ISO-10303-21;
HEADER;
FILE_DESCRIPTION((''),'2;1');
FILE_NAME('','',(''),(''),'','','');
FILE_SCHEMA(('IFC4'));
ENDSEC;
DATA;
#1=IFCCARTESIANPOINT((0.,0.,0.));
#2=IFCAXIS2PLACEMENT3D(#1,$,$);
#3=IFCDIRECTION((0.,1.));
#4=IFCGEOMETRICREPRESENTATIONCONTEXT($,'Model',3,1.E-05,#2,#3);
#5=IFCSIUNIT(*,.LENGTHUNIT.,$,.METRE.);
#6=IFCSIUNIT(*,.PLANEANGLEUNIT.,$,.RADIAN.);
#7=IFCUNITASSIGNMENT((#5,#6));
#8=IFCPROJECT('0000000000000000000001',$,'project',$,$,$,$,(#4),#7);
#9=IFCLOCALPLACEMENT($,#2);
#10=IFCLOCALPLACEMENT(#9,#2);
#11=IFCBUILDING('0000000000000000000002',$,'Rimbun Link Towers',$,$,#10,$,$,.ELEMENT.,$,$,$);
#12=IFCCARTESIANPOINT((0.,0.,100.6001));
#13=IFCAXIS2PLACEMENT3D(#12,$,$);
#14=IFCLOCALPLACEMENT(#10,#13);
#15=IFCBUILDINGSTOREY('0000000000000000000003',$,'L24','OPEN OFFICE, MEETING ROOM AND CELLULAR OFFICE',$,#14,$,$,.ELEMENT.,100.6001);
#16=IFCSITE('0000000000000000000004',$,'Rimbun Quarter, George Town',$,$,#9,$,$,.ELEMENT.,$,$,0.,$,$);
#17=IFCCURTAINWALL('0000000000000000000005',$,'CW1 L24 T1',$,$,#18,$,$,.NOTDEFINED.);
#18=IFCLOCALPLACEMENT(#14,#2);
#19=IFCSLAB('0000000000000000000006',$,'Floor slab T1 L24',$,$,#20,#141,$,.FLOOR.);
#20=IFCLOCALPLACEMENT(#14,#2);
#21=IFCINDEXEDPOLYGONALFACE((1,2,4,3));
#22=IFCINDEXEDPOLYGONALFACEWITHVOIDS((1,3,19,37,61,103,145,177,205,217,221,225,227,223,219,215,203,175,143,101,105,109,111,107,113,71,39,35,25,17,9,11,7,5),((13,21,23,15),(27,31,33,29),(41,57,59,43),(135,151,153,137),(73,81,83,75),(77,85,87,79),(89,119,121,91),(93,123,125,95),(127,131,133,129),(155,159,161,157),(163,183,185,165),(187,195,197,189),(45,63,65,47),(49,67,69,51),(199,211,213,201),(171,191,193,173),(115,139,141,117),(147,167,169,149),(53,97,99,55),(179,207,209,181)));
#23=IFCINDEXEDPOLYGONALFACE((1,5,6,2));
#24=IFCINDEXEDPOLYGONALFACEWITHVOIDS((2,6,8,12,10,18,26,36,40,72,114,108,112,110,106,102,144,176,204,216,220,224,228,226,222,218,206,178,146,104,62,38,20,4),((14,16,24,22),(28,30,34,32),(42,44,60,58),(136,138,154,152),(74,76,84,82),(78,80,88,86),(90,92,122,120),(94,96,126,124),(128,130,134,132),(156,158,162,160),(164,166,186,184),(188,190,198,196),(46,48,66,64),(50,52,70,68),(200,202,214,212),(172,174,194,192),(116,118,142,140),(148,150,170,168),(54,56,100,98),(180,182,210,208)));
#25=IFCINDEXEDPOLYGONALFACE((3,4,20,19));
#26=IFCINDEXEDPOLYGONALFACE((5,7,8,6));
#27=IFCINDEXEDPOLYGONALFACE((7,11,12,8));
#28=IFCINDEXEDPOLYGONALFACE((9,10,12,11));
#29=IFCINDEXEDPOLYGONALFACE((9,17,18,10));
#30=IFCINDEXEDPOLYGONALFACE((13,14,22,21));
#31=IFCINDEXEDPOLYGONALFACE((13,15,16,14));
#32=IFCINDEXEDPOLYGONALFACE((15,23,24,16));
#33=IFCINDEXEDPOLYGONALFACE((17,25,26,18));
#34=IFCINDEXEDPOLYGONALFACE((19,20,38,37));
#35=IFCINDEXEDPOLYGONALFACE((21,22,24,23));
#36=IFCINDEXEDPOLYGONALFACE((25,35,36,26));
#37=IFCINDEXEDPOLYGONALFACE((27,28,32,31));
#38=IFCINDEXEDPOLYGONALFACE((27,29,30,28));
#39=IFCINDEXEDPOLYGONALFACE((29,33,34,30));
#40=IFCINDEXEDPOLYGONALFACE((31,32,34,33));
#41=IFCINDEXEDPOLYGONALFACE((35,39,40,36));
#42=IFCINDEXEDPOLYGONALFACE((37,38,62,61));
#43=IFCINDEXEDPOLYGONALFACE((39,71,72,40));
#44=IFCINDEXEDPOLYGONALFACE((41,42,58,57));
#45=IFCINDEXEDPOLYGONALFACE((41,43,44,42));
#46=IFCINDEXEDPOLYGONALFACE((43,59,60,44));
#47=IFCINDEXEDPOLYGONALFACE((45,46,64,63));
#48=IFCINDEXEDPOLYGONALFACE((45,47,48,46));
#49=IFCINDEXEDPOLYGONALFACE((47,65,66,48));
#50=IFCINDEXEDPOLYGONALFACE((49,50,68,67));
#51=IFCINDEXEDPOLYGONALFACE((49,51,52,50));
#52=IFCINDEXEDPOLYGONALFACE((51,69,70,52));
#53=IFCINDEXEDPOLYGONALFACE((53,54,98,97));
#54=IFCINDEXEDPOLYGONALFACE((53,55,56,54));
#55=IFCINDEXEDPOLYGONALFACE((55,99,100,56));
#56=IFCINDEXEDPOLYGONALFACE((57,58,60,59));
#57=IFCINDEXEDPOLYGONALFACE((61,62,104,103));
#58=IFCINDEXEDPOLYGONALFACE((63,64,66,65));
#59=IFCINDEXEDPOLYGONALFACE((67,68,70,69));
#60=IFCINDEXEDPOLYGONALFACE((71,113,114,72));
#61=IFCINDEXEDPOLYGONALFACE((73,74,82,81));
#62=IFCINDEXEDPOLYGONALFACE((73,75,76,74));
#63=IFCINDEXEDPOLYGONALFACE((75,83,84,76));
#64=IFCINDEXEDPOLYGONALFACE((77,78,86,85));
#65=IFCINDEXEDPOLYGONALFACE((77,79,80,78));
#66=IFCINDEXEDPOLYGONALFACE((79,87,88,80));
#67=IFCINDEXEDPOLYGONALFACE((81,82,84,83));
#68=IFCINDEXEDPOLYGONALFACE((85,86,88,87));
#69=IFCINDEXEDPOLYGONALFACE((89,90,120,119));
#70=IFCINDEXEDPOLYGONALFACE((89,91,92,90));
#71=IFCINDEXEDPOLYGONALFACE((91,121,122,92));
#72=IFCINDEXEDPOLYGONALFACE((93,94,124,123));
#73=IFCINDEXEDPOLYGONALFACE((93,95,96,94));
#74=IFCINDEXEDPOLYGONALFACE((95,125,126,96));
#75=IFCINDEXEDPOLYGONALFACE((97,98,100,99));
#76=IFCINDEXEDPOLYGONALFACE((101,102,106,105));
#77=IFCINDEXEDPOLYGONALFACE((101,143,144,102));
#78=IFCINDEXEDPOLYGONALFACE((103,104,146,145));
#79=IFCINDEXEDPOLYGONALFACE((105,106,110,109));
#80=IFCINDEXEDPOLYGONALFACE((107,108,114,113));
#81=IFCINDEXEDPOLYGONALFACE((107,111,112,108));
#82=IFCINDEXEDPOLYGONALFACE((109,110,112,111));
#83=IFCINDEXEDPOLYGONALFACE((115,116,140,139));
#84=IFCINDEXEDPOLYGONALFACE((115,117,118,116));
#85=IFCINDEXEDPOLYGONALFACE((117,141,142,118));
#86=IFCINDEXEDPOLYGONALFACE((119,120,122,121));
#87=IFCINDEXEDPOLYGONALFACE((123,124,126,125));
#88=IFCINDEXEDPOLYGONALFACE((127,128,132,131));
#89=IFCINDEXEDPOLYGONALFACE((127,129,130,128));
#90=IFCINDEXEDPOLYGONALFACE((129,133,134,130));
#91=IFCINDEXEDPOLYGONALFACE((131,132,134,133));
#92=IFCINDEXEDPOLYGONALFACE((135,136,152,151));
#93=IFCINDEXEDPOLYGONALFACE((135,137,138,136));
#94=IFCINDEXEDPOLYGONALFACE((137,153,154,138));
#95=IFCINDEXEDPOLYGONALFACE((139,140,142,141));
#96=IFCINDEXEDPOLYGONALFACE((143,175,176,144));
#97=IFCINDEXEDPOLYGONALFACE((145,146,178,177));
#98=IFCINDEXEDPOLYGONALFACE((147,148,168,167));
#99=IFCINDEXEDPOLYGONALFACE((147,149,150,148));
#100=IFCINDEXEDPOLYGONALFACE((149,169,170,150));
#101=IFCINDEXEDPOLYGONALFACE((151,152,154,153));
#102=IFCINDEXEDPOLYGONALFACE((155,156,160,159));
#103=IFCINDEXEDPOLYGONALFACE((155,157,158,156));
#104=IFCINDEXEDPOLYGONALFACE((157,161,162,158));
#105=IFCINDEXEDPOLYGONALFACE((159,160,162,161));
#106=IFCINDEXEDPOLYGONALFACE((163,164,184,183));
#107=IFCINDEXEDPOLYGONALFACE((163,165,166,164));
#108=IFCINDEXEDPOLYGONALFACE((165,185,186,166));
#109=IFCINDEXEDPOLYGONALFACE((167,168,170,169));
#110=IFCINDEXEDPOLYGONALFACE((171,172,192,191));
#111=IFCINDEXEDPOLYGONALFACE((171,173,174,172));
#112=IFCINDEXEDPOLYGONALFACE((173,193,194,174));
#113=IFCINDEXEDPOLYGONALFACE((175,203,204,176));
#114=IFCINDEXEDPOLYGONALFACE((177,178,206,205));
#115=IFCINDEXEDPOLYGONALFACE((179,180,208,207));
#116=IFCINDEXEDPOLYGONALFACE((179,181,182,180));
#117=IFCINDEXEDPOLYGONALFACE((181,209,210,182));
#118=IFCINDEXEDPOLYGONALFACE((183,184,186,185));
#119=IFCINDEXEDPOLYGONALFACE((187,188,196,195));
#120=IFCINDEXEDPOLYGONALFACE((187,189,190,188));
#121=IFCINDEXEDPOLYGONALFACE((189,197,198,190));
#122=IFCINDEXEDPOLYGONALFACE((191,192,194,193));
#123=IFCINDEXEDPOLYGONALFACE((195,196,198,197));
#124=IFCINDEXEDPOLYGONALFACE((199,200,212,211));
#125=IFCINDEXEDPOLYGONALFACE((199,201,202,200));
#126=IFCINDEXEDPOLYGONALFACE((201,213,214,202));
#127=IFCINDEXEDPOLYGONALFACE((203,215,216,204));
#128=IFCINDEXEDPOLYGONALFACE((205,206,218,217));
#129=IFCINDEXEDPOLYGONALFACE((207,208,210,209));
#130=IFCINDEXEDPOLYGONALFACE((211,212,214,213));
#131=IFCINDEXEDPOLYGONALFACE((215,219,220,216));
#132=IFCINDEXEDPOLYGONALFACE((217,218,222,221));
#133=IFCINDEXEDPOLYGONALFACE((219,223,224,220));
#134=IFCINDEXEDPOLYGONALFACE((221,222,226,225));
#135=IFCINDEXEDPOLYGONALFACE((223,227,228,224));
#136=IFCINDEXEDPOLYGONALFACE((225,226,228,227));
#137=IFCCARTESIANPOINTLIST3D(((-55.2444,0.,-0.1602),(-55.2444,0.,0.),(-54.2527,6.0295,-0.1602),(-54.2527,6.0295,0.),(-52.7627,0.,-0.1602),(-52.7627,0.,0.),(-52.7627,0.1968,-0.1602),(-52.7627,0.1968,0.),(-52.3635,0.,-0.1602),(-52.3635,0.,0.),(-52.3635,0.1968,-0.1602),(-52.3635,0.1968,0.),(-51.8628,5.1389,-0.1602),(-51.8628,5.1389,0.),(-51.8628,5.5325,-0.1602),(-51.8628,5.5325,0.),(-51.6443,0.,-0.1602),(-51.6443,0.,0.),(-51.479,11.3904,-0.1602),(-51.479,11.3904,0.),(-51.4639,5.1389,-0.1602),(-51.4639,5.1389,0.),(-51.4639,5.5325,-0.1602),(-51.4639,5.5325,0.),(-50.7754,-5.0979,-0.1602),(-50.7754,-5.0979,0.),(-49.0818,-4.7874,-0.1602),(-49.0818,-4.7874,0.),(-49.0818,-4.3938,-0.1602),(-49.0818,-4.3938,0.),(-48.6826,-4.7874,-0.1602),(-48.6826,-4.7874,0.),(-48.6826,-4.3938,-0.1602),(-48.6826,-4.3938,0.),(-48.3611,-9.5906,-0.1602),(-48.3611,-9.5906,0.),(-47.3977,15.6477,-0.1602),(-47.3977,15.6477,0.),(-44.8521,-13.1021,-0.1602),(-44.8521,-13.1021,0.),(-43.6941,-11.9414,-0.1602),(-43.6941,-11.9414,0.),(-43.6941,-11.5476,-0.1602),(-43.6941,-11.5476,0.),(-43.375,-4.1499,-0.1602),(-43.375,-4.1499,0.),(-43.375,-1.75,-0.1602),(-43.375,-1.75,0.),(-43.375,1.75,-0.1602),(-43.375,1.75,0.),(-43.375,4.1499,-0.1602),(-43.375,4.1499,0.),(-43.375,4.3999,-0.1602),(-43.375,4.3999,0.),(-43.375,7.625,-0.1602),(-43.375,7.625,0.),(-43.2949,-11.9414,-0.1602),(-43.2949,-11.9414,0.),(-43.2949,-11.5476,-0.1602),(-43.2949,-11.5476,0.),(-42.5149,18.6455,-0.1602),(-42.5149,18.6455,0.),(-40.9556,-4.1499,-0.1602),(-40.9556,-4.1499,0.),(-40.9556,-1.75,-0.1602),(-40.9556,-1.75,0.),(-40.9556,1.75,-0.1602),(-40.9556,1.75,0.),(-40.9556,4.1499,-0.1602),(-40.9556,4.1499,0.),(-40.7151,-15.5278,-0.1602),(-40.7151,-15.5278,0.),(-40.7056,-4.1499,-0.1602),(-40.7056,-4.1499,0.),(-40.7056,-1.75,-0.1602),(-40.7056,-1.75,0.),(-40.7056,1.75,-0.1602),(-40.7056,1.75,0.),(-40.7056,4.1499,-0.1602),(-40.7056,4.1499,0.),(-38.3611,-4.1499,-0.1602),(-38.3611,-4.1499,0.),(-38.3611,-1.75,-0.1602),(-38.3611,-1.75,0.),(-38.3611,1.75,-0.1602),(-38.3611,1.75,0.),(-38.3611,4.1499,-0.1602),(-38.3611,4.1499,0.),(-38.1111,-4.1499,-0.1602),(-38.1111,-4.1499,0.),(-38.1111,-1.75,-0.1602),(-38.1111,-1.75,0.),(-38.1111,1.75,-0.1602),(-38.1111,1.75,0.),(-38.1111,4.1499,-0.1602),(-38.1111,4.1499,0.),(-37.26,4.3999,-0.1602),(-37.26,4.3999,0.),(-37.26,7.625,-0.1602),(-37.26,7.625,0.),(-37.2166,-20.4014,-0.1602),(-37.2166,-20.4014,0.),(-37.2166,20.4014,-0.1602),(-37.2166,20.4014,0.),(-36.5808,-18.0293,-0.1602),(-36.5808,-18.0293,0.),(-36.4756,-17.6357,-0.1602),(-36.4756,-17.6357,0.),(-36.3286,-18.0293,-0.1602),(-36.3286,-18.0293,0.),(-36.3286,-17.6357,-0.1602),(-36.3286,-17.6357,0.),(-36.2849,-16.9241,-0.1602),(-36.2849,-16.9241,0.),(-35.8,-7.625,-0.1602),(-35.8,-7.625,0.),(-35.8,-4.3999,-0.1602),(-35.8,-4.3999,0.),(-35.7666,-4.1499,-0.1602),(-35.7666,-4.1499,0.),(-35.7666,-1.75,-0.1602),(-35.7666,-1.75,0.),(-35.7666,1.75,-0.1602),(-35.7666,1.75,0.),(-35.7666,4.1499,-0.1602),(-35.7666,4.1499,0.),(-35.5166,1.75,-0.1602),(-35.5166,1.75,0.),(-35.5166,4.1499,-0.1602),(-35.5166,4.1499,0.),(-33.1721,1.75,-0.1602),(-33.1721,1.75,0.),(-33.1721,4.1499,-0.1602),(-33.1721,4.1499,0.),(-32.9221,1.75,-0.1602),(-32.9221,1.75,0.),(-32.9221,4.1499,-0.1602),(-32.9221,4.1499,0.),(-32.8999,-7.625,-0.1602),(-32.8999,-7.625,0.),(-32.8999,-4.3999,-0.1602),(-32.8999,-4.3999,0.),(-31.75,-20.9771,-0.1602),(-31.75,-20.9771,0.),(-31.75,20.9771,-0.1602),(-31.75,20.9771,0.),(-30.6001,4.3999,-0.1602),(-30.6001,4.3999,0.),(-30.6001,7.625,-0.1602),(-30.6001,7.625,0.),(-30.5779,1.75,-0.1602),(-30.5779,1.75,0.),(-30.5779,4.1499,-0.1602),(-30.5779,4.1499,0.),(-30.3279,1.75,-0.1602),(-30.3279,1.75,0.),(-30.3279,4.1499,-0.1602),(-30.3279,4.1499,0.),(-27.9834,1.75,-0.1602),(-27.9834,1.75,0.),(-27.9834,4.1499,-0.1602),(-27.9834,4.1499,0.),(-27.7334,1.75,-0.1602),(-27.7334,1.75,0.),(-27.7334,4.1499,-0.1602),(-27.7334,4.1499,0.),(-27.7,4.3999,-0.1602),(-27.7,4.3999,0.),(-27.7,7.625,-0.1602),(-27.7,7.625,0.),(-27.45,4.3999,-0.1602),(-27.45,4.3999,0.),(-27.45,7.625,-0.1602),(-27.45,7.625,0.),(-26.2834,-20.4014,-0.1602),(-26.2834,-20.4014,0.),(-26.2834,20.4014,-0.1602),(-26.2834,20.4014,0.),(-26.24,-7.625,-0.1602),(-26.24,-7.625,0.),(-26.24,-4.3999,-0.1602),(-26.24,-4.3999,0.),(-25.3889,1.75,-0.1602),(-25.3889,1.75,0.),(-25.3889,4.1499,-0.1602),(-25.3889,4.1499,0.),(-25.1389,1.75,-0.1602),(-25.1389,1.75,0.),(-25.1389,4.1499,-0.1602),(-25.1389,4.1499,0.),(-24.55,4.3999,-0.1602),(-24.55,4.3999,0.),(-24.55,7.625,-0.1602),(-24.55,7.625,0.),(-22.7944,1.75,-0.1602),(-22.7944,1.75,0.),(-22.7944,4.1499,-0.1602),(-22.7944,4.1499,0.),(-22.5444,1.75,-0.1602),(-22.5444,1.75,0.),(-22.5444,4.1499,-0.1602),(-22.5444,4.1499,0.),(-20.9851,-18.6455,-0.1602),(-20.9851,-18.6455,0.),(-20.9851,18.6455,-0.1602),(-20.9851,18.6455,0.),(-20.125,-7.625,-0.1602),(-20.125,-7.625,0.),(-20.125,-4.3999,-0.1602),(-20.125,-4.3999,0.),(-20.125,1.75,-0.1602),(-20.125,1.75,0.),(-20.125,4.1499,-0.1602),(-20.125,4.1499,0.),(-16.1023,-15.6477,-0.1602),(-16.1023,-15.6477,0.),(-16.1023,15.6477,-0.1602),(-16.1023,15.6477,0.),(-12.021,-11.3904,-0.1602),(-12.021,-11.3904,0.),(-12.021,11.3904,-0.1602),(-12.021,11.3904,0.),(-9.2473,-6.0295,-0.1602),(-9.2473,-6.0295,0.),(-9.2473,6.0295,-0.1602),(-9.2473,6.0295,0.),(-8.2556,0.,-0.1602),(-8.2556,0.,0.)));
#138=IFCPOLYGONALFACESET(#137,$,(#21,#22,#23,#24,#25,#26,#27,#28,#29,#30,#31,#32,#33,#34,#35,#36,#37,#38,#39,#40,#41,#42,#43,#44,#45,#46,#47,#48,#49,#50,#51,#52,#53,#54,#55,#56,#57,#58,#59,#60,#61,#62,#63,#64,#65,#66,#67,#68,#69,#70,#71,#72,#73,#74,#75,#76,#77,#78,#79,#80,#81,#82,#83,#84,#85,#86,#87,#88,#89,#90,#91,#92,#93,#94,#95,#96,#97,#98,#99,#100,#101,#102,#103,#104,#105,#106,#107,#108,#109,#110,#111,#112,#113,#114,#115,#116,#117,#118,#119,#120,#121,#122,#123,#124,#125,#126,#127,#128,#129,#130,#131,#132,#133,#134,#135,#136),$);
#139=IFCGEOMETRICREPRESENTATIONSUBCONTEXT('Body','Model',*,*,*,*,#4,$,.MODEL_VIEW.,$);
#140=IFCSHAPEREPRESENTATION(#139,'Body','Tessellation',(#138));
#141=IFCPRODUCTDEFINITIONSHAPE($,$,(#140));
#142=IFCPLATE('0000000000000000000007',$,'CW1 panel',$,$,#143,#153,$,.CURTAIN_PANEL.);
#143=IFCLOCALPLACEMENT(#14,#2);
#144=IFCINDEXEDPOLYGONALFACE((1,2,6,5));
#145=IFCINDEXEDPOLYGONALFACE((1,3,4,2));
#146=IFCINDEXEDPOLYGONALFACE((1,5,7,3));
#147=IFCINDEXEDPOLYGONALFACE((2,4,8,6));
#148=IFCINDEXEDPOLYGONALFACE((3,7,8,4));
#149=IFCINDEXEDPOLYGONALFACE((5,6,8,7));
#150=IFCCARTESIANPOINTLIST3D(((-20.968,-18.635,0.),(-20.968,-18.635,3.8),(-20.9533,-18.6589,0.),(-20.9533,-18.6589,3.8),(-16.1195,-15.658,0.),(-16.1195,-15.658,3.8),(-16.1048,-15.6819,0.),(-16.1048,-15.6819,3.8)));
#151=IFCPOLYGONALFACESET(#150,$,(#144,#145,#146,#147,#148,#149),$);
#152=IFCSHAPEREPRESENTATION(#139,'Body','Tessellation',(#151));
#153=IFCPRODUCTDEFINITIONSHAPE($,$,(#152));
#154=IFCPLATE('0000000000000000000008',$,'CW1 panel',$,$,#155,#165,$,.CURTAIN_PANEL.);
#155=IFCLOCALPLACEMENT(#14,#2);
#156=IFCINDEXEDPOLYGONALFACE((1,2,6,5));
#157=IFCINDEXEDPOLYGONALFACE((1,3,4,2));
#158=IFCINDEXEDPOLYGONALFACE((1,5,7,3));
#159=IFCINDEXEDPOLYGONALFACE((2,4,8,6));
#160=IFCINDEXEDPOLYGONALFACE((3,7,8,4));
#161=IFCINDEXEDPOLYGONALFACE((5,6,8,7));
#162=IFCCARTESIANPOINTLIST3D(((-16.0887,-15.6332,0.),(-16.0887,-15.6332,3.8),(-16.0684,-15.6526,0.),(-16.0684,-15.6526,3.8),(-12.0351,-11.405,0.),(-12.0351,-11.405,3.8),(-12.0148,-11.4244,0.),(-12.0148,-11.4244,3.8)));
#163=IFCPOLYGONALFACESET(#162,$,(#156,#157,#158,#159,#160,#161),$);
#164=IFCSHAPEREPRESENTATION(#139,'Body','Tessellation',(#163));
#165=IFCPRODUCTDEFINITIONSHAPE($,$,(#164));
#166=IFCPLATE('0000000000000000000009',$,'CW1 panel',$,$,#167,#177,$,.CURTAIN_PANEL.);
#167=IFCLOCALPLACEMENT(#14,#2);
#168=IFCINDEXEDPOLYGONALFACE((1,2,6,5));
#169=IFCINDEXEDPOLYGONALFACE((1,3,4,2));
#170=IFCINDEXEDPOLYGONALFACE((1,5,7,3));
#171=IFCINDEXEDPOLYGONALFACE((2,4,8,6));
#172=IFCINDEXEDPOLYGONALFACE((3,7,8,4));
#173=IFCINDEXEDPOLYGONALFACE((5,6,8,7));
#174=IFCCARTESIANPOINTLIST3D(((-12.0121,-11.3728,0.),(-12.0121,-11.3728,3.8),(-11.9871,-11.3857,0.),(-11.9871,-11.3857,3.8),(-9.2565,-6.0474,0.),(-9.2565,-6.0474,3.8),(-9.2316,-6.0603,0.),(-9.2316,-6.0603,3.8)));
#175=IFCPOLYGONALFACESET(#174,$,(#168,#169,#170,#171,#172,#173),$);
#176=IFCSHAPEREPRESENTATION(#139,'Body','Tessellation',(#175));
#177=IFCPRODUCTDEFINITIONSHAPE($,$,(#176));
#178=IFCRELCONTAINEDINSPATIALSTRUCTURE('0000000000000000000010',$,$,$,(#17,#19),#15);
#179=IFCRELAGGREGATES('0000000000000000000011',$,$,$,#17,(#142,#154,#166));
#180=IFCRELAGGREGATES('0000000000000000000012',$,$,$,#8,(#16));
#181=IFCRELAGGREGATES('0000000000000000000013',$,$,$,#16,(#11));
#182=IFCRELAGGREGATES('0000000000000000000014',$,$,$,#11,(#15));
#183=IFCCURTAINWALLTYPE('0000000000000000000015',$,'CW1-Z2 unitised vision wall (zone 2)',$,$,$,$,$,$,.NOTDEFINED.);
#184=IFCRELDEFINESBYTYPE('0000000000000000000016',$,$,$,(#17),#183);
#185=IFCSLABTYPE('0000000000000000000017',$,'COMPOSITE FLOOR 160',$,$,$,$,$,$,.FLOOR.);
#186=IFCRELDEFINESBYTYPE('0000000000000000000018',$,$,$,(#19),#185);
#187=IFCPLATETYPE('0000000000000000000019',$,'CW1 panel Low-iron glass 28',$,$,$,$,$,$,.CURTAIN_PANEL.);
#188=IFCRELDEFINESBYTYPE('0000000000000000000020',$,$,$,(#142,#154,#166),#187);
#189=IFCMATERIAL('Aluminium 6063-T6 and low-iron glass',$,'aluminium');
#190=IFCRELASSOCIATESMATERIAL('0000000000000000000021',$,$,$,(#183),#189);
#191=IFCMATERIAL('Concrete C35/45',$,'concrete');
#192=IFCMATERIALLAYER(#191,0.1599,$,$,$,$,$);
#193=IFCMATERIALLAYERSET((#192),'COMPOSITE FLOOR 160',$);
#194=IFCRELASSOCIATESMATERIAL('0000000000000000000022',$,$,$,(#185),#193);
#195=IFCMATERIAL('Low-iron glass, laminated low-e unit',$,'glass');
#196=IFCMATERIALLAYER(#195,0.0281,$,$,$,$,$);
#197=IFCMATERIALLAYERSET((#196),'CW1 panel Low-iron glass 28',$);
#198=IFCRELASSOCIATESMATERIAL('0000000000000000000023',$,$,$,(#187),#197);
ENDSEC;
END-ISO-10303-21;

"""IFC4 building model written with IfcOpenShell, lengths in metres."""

from ifc_helpers import new_model, si_unit, direction, frame, origin, origin_2d, place, context, subcontext, project, spatial, polyline, rectangle, outline, extrude, material, layer, layer_set, type_object, element, aggregate, save


model = new_model("IFC4")

# Units and contexts
model_context = context("Model", 3, precision=1e-05, world=origin(), true_north=direction((0.0, 1.0)))
body_context = subcontext(model_context, "Body", "Model", "MODEL_VIEW")
ifc_project = project(units=[si_unit("LENGTHUNIT", "METRE"), si_unit("PLANEANGLEUNIT", "RADIAN")], contexts=[model_context])

# Site, building, storey
site_placement = place(None, origin())
site = spatial("IfcSite", under=ifc_project, at=site_placement, Name="Rimbun Quarter, George Town", CompositionType="ELEMENT", RefElevation=0.0)
building_placement = place(site_placement, origin())
building = spatial("IfcBuilding", under=site, at=building_placement, Name="Rimbun Link Towers", CompositionType="ELEMENT")
storey_placement = place(building_placement, frame((0.0, 0.0, 100.6001)))
storey = spatial("IfcBuildingStorey", under=building, at=storey_placement, Name="L24", Description="OPEN OFFICE, MEETING ROOM AND CELLULAR OFFICE", CompositionType="ELEMENT", Elevation=100.6001)

# Curtain wall
ifc_material_1 = material(Name="Aluminium 6063-T6 and low-iron glass", Category="aluminium")
curtain_wall_type = type_object("IfcCurtainWallType", Name="CW1-Z2 unitised vision wall (zone 2)", PredefinedType="NOTDEFINED", material=ifc_material_1)
curtain_wall_placement = place(storey_placement, origin())
curtain_wall = element("IfcCurtainWall", 1, at=curtain_wall_placement, inside=storey, type_object=curtain_wall_type, Name="CW1 L24 T1", PredefinedType="NOTDEFINED")

# Slab
ifc_material_2 = material(Name="Concrete C35/45", Category="concrete")
ifc_layer_1 = layer(ifc_material_2, 0.1599)
ifc_layer_set_1 = layer_set([ifc_layer_1], Name="COMPOSITE FLOOR 160")
slab_type = type_object("IfcSlabType", Name="COMPOSITE FLOOR 160", PredefinedType="FLOOR", material=ifc_layer_set_1)
slab_placement = place(storey_placement, frame((0.0, 0.0, -0.1602)))
element("IfcSlab", 2, at=slab_placement, inside=storey, type_object=slab_type, Name="Floor slab T1 L24", PredefinedType="FLOOR", context=body_context, shape_type="SweptSolid", body=[
    extrude(outline(polyline([(-55.2444, 0.0), (-54.2527, 6.0295), (-51.479, 11.3904), (-47.3977, 15.6477), (-42.5149, 18.6455), (-37.2166, 20.4014), (-31.75, 20.9771), (-26.2834, 20.4014), (-20.9851, 18.6455), (-16.1023, 15.6477), (-12.021, 11.3904), (-9.2473, 6.0295), (-8.2556, 0.0), (-9.2473, -6.0295), (-12.021, -11.3904), (-16.1023, -15.6477), (-20.9851, -18.6455), (-26.2834, -20.4014), (-31.75, -20.9771), (-37.2166, -20.4014), (-36.5808, -18.0293), (-36.3286, -18.0293), (-36.3286, -17.6357), (-36.4756, -17.6357), (-36.2849, -16.9241), (-40.7151, -15.5278), (-44.8521, -13.1021), (-48.3611, -9.5906), (-50.7754, -5.0979), (-51.6443, 0.0), (-52.3635, 0.0), (-52.3635, 0.1968), (-52.7627, 0.1968), (-52.7627, 0.0), (-55.2444, 0.0)]), holes=[polyline([(-43.2949, -11.9414), (-43.2949, -11.5476), (-43.6941, -11.5476), (-43.6941, -11.9414), (-43.2949, -11.9414)]), polyline([(-48.6826, -4.7874), (-48.6826, -4.3938), (-49.0818, -4.3938), (-49.0818, -4.7874), (-48.6826, -4.7874)]), polyline([(-40.9556, -4.1499), (-40.9556, -1.75), (-43.375, -1.75), (-43.375, -4.1499), (-40.9556, -4.1499)]), polyline([(-40.7056, -4.1499), (-38.3611, -4.1499), (-38.3611, -1.75), (-40.7056, -1.75), (-40.7056, -4.1499)]), polyline([(-38.1111, -4.1499), (-35.7666, -4.1499), (-35.7666, -1.75), (-38.1111, -1.75), (-38.1111, -4.1499)]), polyline([(-43.375, 1.75), (-40.9556, 1.75), (-40.9556, 4.1499), (-43.375, 4.1499), (-43.375, 1.75)]), polyline([(-40.7056, 1.75), (-38.3611, 1.75), (-38.3611, 4.1499), (-40.7056, 4.1499), (-40.7056, 1.75)]), polyline([(-35.7666, 1.75), (-35.7666, 4.1499), (-38.1111, 4.1499), (-38.1111, 1.75), (-35.7666, 1.75)]), polyline([(-51.8628, 5.1389), (-51.4639, 5.1389), (-51.4639, 5.5325), (-51.8628, 5.5325), (-51.8628, 5.1389)]), polyline([(-43.375, 4.3999), (-37.26, 4.3999), (-37.26, 7.625), (-43.375, 7.625), (-43.375, 4.3999)]), polyline([(-32.8999, -7.625), (-32.8999, -4.3999), (-35.8, -4.3999), (-35.8, -7.625), (-32.8999, -7.625)]), polyline([(-20.125, -7.625), (-20.125, -4.3999), (-26.24, -4.3999), (-26.24, -7.625), (-20.125, -7.625)]), polyline([(-35.5166, 1.75), (-33.1721, 1.75), (-33.1721, 4.1499), (-35.5166, 4.1499), (-35.5166, 1.75)]), polyline([(-32.9221, 1.75), (-30.5779, 1.75), (-30.5779, 4.1499), (-32.9221, 4.1499), (-32.9221, 1.75)]), polyline([(-27.9834, 1.75), (-27.9834, 4.1499), (-30.3279, 4.1499), (-30.3279, 1.75), (-27.9834, 1.75)]), polyline([(-27.7334, 1.75), (-25.3889, 1.75), (-25.3889, 4.1499), (-27.7334, 4.1499), (-27.7334, 1.75)]), polyline([(-25.1389, 1.75), (-22.7944, 1.75), (-22.7944, 4.1499), (-25.1389, 4.1499), (-25.1389, 1.75)]), polyline([(-20.125, 1.75), (-20.125, 4.1499), (-22.5444, 4.1499), (-22.5444, 1.75), (-20.125, 1.75)]), polyline([(-30.6001, 4.3999), (-27.7, 4.3999), (-27.7, 7.625), (-30.6001, 7.625), (-30.6001, 4.3999)]), polyline([(-27.45, 4.3999), (-24.55, 4.3999), (-24.55, 7.625), (-27.45, 7.625), (-27.45, 4.3999)])]), origin(), (0.0, 0.0, 1.0), 0.1602),
])

# Plates
ifc_material_3 = material(Name="Low-iron glass, laminated low-e unit", Category="glass")
ifc_layer_2 = layer(ifc_material_3, 0.0281)
ifc_layer_set_2 = layer_set([ifc_layer_2], Name="CW1 panel Low-iron glass 28")
plate_type = type_object("IfcPlateType", Name="CW1 panel Low-iron glass 28", PredefinedType="CURTAIN_PANEL", material=ifc_layer_set_2)
plate_1_placement = place(storey_placement, frame((-18.5364, -17.1584, 0.0), z_axis=(0.0, 0.0, 1.0), x_axis=(-0.852186, -0.523239, 0.0)))
plate_1 = element("IfcPlate", 3, at=plate_1_placement, type_object=plate_type, Name="CW1 panel", PredefinedType="CURTAIN_PANEL", context=body_context, shape_type="SweptSolid", body=[
    extrude(rectangle(XDim=5.6895, YDim=0.0281, at=origin_2d()), origin(), (0.0, 0.0, 1.0), 3.8),
])
plate_2_placement = place(storey_placement, frame((-14.0518, -13.5288, 0.0), z_axis=(0.0, 0.0, 1.0), x_axis=(-0.692045, -0.721854, 0.0)))
plate_2 = element("IfcPlate", 4, at=plate_2_placement, type_object=plate_type, Name="CW1 panel", PredefinedType="CURTAIN_PANEL", context=body_context, shape_type="SweptSolid", body=[
    extrude(rectangle(XDim=5.8574, YDim=0.0281, at=origin_2d()), origin(), (0.0, 0.0, 1.0), 3.8),
])
plate_3_placement = place(storey_placement, frame((-10.6218, -8.7166, 0.0), z_axis=(0.0, 0.0, 1.0), x_axis=(-0.459556, -0.888149, 0.0)))
plate_3 = element("IfcPlate", 5, at=plate_3_placement, type_object=plate_type, Name="CW1 panel", PredefinedType="CURTAIN_PANEL", context=body_context, shape_type="SweptSolid", body=[
    extrude(rectangle(XDim=5.9961, YDim=0.0281, at=origin_2d()), origin(), (0.0, 0.0, 1.0), 3.8),
])
aggregate(curtain_wall, [plate_1, plate_2, plate_3])

save(model, "model.ifc")
